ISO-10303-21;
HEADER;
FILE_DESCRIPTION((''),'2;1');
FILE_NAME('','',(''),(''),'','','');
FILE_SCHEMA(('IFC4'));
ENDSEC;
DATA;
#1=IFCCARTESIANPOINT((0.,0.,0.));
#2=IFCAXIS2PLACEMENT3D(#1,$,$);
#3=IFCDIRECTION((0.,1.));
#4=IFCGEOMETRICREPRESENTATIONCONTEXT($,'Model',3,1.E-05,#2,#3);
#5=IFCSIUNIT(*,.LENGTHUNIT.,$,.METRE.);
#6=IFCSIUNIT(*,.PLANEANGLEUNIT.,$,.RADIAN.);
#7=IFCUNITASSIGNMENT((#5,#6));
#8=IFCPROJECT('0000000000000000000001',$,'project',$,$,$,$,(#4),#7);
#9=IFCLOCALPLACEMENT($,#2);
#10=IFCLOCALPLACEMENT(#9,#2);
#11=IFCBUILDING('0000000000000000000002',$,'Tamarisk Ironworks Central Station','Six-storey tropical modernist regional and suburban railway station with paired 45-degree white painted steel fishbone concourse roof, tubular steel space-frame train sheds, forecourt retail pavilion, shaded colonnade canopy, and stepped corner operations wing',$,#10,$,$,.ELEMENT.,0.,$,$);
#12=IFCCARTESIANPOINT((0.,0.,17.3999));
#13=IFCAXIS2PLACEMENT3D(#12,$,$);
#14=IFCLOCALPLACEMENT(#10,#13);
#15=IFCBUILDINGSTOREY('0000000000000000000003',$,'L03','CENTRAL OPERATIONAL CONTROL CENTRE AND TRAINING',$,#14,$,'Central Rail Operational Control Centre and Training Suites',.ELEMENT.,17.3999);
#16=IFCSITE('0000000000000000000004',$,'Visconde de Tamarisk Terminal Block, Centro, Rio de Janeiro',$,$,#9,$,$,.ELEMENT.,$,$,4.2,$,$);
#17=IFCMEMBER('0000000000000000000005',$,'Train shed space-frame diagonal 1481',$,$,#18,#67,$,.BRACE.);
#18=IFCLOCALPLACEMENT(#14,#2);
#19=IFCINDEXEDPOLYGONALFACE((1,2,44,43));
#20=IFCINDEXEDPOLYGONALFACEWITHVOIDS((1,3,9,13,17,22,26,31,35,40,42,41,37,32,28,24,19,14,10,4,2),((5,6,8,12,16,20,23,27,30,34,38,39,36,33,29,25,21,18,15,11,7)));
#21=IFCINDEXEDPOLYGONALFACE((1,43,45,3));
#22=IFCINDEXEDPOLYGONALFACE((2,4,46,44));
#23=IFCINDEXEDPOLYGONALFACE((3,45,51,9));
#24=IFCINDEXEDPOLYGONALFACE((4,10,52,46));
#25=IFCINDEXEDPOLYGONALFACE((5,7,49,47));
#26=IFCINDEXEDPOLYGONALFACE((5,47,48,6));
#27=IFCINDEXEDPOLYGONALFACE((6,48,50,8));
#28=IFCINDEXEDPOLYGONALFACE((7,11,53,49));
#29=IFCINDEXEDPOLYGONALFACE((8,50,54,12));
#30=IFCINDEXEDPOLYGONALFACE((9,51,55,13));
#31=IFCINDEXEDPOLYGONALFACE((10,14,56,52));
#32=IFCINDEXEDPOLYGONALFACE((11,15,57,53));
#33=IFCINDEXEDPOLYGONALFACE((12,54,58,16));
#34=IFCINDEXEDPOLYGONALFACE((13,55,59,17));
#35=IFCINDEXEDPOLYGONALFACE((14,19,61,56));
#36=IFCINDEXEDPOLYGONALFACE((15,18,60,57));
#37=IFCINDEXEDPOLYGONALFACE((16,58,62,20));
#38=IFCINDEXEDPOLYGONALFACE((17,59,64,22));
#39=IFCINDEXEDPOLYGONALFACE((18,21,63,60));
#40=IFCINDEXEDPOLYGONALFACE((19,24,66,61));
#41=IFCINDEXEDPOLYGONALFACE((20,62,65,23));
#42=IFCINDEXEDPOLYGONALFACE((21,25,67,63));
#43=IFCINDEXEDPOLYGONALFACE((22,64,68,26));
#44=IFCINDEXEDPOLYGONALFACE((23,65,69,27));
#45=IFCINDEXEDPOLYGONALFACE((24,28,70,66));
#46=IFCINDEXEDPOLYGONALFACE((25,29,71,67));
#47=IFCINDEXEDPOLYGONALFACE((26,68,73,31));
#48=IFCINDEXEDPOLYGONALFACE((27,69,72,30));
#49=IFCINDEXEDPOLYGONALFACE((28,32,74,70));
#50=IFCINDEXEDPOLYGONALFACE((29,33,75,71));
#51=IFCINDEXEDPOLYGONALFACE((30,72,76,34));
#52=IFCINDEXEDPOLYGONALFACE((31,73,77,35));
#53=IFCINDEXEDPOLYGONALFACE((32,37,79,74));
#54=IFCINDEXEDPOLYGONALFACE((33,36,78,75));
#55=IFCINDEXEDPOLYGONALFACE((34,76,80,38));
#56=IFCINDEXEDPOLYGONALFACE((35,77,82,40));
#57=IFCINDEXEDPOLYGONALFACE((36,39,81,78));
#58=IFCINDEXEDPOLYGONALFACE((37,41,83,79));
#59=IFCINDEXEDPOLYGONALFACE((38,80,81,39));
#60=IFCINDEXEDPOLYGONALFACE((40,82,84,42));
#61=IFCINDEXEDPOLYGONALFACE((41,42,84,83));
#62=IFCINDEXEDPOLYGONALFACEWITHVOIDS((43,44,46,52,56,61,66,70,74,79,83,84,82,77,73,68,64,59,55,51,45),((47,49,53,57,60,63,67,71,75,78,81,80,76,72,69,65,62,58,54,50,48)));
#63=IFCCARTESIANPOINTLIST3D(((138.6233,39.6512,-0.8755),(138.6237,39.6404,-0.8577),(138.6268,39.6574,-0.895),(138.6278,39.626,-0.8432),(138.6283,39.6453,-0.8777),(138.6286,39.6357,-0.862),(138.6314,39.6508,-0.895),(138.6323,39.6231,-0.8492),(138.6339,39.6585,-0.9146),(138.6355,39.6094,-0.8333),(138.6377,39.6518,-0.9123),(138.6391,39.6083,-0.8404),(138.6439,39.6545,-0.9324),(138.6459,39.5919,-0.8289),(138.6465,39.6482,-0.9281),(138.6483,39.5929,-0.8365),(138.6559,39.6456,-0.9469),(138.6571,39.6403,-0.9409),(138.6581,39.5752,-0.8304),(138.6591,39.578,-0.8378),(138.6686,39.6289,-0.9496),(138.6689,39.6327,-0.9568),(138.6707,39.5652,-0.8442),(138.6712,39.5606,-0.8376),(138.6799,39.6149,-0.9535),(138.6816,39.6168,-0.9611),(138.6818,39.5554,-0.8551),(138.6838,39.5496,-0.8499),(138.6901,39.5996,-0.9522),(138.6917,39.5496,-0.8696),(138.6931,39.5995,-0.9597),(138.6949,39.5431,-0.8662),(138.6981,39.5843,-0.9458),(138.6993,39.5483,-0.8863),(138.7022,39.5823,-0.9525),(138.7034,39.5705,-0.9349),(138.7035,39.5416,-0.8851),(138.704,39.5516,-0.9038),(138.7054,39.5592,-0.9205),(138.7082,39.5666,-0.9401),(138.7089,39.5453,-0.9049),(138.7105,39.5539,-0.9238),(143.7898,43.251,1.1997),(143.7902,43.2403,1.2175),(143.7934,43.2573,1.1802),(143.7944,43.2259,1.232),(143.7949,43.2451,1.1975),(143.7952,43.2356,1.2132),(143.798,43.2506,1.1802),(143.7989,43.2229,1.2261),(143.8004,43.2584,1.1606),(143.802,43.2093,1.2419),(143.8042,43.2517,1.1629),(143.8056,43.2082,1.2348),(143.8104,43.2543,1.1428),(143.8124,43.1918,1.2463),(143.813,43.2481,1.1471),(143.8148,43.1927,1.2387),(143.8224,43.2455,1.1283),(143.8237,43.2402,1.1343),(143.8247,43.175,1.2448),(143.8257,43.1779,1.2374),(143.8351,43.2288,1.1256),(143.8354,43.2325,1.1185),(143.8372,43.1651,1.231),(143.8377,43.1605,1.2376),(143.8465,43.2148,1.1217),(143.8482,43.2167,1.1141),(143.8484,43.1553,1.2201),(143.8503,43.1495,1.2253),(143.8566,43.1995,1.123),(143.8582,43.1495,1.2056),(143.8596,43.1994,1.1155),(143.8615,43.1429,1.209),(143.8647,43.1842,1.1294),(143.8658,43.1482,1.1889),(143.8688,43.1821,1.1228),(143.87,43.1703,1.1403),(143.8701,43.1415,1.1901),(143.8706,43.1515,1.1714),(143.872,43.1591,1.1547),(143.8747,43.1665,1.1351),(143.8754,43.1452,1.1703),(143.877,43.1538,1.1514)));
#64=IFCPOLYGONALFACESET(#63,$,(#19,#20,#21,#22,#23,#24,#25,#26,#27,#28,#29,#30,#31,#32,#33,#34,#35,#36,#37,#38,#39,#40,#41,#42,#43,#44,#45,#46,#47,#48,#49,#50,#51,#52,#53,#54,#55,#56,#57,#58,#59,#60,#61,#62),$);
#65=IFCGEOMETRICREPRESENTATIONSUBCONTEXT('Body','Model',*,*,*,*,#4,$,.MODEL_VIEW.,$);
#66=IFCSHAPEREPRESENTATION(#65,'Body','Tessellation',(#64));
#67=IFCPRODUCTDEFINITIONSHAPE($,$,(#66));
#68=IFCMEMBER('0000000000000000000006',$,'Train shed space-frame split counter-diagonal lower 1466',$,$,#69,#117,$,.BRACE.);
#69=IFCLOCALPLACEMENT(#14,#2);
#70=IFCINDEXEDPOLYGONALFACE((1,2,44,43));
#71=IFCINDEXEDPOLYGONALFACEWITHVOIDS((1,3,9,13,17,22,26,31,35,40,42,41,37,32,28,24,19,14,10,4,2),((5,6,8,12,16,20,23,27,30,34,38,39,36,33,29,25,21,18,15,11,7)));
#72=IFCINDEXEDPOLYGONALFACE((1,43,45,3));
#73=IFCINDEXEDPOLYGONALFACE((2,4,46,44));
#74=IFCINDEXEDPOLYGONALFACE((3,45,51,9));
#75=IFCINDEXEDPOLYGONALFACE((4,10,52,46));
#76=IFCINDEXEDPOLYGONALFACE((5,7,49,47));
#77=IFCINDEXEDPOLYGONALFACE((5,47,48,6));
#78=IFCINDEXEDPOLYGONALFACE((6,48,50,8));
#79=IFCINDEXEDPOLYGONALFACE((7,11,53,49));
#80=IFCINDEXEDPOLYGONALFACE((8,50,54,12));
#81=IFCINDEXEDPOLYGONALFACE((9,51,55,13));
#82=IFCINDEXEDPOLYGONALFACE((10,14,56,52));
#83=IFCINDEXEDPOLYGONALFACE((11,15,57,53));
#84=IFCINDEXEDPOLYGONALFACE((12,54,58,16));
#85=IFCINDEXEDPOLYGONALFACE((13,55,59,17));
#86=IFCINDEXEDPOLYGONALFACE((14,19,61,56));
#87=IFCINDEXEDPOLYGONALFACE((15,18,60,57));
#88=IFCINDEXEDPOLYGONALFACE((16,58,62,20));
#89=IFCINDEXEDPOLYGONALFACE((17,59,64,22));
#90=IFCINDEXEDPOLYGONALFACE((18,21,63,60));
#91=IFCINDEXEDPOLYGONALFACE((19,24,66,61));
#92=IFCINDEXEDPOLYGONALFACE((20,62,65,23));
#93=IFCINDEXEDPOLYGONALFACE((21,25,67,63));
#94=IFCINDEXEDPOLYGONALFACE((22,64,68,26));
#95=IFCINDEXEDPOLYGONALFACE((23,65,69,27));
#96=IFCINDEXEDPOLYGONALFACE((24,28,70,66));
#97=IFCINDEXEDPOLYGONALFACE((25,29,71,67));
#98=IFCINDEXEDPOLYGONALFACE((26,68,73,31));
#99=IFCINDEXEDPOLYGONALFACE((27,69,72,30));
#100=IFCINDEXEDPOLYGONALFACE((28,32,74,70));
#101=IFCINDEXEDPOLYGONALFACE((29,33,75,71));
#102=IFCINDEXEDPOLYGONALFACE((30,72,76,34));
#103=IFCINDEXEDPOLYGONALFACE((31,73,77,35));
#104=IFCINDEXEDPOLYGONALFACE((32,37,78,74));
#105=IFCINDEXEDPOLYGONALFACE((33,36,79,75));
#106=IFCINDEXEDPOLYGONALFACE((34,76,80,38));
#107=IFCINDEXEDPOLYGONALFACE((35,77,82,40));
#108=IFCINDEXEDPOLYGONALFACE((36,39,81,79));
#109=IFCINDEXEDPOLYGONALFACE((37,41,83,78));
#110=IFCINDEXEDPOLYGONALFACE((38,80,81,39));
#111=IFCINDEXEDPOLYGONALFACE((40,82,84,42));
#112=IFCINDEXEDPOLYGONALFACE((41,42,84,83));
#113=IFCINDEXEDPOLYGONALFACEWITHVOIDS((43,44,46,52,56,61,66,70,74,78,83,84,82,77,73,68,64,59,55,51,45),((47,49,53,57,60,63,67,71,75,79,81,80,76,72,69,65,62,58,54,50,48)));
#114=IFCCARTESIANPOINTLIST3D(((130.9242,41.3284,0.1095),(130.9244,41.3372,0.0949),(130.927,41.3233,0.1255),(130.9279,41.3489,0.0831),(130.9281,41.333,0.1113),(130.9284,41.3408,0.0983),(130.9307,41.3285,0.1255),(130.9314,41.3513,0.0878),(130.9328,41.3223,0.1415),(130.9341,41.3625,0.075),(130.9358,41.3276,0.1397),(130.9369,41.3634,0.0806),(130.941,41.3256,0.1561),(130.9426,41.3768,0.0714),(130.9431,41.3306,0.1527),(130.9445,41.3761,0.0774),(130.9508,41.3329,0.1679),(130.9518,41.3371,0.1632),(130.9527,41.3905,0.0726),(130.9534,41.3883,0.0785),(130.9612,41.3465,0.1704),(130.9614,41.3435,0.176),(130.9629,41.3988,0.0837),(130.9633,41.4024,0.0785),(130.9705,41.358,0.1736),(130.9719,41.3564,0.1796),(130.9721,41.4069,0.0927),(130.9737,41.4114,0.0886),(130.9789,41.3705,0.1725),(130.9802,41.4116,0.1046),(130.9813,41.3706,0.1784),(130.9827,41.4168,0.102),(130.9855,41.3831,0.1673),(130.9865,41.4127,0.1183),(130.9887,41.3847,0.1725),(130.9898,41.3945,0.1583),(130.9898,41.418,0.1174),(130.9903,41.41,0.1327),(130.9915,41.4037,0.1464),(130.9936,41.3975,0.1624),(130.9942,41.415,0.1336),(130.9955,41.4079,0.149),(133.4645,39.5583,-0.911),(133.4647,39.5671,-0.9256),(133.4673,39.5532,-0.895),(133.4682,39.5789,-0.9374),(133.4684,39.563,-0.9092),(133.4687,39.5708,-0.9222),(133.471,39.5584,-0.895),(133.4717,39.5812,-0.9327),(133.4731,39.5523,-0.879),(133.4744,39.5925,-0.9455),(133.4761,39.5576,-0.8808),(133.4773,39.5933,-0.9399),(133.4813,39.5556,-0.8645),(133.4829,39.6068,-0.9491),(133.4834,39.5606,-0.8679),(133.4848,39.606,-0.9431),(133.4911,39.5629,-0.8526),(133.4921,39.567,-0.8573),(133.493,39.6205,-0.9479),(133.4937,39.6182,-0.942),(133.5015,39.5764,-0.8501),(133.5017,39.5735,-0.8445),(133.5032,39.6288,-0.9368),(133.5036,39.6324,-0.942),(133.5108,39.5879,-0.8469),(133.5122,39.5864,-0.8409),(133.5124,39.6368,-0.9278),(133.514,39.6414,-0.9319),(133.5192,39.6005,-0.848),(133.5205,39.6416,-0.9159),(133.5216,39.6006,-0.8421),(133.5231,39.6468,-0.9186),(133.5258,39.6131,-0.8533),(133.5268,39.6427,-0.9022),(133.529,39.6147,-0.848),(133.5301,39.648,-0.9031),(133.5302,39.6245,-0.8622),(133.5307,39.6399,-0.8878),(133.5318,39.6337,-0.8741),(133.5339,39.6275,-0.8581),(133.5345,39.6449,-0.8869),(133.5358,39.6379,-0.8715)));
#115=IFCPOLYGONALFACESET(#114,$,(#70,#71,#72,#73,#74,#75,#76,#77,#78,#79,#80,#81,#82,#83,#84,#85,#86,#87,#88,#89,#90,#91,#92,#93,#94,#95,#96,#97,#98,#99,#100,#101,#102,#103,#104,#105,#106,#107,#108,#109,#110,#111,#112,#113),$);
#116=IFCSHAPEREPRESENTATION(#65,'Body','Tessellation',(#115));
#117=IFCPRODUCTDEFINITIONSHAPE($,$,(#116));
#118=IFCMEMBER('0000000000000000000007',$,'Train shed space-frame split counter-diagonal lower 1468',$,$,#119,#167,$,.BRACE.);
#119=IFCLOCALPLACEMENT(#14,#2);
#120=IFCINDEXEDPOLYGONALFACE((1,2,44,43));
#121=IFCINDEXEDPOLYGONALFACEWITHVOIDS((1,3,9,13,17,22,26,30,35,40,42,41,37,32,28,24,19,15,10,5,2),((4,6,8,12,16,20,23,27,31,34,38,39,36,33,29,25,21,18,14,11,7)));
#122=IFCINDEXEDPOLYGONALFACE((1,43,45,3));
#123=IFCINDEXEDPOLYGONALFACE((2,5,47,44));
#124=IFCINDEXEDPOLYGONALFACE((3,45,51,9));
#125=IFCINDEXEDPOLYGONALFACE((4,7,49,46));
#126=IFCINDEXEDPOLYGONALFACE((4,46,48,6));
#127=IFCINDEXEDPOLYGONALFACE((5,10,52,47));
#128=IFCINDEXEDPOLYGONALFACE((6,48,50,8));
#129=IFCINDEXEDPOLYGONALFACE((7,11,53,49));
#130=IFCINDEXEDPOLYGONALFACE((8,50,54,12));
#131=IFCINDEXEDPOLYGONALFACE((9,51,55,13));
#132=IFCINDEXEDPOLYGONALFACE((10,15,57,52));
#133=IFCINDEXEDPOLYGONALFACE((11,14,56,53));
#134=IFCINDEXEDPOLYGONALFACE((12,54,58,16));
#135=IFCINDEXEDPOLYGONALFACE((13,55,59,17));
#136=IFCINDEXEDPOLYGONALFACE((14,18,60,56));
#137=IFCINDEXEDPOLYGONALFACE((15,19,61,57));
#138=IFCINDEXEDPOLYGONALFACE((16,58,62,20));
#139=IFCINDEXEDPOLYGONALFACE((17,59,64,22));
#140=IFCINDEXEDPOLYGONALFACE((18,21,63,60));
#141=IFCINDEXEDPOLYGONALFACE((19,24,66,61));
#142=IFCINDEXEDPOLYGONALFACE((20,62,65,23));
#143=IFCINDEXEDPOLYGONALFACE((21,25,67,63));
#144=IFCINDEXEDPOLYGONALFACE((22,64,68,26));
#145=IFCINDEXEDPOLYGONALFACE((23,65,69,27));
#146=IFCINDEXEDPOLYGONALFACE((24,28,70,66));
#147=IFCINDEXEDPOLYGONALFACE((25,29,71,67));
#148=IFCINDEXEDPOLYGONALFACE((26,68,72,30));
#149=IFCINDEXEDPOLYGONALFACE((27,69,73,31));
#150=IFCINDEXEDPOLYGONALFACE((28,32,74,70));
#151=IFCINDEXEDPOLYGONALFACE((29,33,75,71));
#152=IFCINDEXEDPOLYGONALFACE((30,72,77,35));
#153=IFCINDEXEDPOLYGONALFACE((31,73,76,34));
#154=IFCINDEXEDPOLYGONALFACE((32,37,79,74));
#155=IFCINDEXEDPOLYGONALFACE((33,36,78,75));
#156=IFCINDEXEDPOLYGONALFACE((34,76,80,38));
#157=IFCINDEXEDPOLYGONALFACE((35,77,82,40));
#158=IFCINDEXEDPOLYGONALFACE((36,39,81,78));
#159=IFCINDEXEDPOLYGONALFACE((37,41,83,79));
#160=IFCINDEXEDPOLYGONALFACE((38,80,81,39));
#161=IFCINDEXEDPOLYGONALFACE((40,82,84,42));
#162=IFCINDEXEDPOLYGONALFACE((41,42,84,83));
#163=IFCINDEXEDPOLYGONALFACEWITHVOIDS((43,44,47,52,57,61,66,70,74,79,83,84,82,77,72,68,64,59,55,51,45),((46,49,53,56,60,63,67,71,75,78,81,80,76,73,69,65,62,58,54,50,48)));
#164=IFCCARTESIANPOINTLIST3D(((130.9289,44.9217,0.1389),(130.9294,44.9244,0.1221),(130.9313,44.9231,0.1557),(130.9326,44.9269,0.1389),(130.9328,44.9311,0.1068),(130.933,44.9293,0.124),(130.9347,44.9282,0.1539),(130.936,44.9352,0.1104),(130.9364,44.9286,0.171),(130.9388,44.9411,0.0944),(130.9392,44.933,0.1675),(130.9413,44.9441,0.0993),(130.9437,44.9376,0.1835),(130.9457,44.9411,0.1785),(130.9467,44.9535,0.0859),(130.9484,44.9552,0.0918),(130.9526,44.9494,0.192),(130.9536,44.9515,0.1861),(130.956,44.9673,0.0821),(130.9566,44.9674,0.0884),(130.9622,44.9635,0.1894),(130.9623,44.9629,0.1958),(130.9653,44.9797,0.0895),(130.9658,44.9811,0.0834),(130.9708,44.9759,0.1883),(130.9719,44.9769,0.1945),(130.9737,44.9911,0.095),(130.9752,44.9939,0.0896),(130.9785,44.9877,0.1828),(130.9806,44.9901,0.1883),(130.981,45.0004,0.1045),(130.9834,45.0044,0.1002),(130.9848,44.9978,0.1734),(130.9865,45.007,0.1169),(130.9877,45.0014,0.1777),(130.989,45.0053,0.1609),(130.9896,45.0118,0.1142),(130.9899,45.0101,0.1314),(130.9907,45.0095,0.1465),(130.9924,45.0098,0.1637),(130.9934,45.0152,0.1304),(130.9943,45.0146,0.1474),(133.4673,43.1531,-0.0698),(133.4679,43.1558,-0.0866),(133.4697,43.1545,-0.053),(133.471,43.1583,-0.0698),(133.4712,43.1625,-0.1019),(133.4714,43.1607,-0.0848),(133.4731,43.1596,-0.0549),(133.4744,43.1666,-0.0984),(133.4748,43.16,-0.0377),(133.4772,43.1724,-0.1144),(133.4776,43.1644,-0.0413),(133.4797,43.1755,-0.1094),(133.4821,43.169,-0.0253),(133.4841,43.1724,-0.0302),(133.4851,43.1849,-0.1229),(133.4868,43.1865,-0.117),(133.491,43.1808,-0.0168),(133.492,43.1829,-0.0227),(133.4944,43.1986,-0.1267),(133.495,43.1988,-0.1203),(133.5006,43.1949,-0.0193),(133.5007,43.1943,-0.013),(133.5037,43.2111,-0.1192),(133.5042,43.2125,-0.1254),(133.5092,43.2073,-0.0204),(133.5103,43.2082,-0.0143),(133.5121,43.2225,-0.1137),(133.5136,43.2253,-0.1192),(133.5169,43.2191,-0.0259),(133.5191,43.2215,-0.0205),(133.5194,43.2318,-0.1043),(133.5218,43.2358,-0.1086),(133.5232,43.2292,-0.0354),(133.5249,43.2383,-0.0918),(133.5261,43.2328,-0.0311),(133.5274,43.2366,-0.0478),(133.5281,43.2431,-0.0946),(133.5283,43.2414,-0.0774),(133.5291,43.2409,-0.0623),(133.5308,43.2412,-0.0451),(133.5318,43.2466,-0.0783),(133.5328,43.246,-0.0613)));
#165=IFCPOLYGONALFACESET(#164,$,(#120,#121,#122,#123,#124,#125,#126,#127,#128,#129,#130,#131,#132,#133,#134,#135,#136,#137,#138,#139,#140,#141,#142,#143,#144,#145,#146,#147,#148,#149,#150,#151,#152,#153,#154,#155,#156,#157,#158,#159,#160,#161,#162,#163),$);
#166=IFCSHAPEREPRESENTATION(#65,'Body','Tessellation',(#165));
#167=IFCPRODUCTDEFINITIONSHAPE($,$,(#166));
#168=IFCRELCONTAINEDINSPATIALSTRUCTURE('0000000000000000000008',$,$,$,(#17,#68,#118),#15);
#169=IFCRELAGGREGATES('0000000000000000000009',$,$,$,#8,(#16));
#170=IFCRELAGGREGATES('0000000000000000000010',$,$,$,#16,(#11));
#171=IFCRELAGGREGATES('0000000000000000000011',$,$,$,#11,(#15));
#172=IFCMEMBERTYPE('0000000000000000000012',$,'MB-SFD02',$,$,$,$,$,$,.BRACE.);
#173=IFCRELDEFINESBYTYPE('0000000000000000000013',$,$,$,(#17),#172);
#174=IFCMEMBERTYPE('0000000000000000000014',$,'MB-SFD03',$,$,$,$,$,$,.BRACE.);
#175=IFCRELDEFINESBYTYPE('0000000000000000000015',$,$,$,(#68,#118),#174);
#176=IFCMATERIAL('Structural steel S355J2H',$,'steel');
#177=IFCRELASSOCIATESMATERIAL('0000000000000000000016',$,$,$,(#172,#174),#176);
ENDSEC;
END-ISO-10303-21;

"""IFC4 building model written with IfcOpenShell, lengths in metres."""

from ifc_helpers import new_model, si_unit, direction, frame, origin, origin_2d, place, context, subcontext, project, spatial, hollow_circle, extrude, material, material_profile, profile_set, type_object, element, save


model = new_model("IFC4")

# Units and contexts
model_context = context("Model", 3, precision=1e-05, world=origin(), true_north=direction((0.0, 1.0)))
body_context = subcontext(model_context, "Body", "Model", "MODEL_VIEW")
ifc_project = project(units=[si_unit("LENGTHUNIT", "METRE"), si_unit("PLANEANGLEUNIT", "RADIAN")], contexts=[model_context])

# Site, building, storey
site_placement = place(None, origin())
site = spatial("IfcSite", under=ifc_project, at=site_placement, Name="Visconde de Tamarisk Terminal Block, Centro, Rio de Janeiro", CompositionType="ELEMENT", RefElevation=4.2)
building_placement = place(site_placement, origin())
building = spatial("IfcBuilding", under=site, at=building_placement, Name="Tamarisk Ironworks Central Station", Description="Six-storey tropical modernist regional and suburban railway station with paired 45-degree white painted steel fishbone concourse roof, tubular steel space-frame train sheds, forecourt retail pavilion, shaded colonnade canopy, and stepped corner operations wing", CompositionType="ELEMENT", ElevationOfRefHeight=0.0)
storey_placement = place(building_placement, frame((0.0, 0.0, 17.3999)))
storey = spatial("IfcBuildingStorey", under=building, at=storey_placement, Name="L03", Description="CENTRAL OPERATIONAL CONTROL CENTRE AND TRAINING", LongName="Central Rail Operational Control Centre and Training Suites", CompositionType="ELEMENT", Elevation=17.3999)

# Members
ifc_material = material(Name="Structural steel S355J2H", Category="steel")
ifc_material_profile_1 = material_profile(ifc_material, hollow_circle(Radius=0.0698, WallThickness=0.0081, at=origin_2d()), Name="CHS 139.7x8")
ifc_profile_set_1 = profile_set([ifc_material_profile_1], Name="Structural steel S355J2H")
member_type_1 = type_object("IfcMemberType", Name="MB-SFD02", PredefinedType="BRACE", material=ifc_profile_set_1)
member_1_placement = place(storey_placement, frame((138.6667, 39.6001, -0.895), z_axis=(0.779251, 0.542957, 0.312996), x_axis=(-0.571681, 0.820476, 0.0)))
element("IfcMember", 1, at=member_1_placement, inside=storey, type_object=member_type_1, Name="Train shed space-frame diagonal 1481", PredefinedType="BRACE", context=body_context, shape_type="SweptSolid", body=[
    extrude(hollow_circle(Radius=0.0698, WallThickness=0.0081, at=origin_2d()), origin(), (0.0, 0.0, 1.0), 6.6301),
])
ifc_material_profile_2 = material_profile(ifc_material, hollow_circle(Radius=0.0571, WallThickness=0.0063, at=origin_2d()), Name="CHS 114.3x6.3")
ifc_profile_set_2 = profile_set([ifc_material_profile_2], Name="Structural steel S355J2H")
member_type_2 = type_object("IfcMemberType", Name="MB-SFD03", PredefinedType="BRACE", material=ifc_profile_set_2)
member_2_placement = place(storey_placement, frame((133.5, 39.6001, -0.895), z_axis=(-0.779234, 0.542955, 0.313042), x_axis=(-0.571688, -0.820471, 0.0)))
element("IfcMember", 2, at=member_2_placement, inside=storey, type_object=member_type_2, Name="Train shed space-frame split counter-diagonal lower 1466", PredefinedType="BRACE", context=body_context, shape_type="SweptSolid", body=[
    extrude(hollow_circle(Radius=0.0571, WallThickness=0.0063, at=origin_2d()), origin(), (0.0, 0.0, 1.0), 3.26),
])
for number, where, z_axis, x_axis, name in (
    (3, (133.5, 43.2, -0.0698), (-0.818625, 0.570369, 0.06732), (-0.571666, -0.820487, 0.0), "Train shed space-frame split counter-diagonal lower 1468"),
):
    element("IfcMember", number, at=place(storey_placement, frame(where, z_axis=z_axis, x_axis=x_axis)), inside=storey, type_object=member_type_2, Name=name, PredefinedType="BRACE", context=body_context, shape_type="SweptSolid", body=[
        extrude(hollow_circle(Radius=0.0571, WallThickness=0.0063, at=origin_2d()), origin(), (0.0, 0.0, 1.0), 3.1008),
    ])

save(model, "model.ifc")
